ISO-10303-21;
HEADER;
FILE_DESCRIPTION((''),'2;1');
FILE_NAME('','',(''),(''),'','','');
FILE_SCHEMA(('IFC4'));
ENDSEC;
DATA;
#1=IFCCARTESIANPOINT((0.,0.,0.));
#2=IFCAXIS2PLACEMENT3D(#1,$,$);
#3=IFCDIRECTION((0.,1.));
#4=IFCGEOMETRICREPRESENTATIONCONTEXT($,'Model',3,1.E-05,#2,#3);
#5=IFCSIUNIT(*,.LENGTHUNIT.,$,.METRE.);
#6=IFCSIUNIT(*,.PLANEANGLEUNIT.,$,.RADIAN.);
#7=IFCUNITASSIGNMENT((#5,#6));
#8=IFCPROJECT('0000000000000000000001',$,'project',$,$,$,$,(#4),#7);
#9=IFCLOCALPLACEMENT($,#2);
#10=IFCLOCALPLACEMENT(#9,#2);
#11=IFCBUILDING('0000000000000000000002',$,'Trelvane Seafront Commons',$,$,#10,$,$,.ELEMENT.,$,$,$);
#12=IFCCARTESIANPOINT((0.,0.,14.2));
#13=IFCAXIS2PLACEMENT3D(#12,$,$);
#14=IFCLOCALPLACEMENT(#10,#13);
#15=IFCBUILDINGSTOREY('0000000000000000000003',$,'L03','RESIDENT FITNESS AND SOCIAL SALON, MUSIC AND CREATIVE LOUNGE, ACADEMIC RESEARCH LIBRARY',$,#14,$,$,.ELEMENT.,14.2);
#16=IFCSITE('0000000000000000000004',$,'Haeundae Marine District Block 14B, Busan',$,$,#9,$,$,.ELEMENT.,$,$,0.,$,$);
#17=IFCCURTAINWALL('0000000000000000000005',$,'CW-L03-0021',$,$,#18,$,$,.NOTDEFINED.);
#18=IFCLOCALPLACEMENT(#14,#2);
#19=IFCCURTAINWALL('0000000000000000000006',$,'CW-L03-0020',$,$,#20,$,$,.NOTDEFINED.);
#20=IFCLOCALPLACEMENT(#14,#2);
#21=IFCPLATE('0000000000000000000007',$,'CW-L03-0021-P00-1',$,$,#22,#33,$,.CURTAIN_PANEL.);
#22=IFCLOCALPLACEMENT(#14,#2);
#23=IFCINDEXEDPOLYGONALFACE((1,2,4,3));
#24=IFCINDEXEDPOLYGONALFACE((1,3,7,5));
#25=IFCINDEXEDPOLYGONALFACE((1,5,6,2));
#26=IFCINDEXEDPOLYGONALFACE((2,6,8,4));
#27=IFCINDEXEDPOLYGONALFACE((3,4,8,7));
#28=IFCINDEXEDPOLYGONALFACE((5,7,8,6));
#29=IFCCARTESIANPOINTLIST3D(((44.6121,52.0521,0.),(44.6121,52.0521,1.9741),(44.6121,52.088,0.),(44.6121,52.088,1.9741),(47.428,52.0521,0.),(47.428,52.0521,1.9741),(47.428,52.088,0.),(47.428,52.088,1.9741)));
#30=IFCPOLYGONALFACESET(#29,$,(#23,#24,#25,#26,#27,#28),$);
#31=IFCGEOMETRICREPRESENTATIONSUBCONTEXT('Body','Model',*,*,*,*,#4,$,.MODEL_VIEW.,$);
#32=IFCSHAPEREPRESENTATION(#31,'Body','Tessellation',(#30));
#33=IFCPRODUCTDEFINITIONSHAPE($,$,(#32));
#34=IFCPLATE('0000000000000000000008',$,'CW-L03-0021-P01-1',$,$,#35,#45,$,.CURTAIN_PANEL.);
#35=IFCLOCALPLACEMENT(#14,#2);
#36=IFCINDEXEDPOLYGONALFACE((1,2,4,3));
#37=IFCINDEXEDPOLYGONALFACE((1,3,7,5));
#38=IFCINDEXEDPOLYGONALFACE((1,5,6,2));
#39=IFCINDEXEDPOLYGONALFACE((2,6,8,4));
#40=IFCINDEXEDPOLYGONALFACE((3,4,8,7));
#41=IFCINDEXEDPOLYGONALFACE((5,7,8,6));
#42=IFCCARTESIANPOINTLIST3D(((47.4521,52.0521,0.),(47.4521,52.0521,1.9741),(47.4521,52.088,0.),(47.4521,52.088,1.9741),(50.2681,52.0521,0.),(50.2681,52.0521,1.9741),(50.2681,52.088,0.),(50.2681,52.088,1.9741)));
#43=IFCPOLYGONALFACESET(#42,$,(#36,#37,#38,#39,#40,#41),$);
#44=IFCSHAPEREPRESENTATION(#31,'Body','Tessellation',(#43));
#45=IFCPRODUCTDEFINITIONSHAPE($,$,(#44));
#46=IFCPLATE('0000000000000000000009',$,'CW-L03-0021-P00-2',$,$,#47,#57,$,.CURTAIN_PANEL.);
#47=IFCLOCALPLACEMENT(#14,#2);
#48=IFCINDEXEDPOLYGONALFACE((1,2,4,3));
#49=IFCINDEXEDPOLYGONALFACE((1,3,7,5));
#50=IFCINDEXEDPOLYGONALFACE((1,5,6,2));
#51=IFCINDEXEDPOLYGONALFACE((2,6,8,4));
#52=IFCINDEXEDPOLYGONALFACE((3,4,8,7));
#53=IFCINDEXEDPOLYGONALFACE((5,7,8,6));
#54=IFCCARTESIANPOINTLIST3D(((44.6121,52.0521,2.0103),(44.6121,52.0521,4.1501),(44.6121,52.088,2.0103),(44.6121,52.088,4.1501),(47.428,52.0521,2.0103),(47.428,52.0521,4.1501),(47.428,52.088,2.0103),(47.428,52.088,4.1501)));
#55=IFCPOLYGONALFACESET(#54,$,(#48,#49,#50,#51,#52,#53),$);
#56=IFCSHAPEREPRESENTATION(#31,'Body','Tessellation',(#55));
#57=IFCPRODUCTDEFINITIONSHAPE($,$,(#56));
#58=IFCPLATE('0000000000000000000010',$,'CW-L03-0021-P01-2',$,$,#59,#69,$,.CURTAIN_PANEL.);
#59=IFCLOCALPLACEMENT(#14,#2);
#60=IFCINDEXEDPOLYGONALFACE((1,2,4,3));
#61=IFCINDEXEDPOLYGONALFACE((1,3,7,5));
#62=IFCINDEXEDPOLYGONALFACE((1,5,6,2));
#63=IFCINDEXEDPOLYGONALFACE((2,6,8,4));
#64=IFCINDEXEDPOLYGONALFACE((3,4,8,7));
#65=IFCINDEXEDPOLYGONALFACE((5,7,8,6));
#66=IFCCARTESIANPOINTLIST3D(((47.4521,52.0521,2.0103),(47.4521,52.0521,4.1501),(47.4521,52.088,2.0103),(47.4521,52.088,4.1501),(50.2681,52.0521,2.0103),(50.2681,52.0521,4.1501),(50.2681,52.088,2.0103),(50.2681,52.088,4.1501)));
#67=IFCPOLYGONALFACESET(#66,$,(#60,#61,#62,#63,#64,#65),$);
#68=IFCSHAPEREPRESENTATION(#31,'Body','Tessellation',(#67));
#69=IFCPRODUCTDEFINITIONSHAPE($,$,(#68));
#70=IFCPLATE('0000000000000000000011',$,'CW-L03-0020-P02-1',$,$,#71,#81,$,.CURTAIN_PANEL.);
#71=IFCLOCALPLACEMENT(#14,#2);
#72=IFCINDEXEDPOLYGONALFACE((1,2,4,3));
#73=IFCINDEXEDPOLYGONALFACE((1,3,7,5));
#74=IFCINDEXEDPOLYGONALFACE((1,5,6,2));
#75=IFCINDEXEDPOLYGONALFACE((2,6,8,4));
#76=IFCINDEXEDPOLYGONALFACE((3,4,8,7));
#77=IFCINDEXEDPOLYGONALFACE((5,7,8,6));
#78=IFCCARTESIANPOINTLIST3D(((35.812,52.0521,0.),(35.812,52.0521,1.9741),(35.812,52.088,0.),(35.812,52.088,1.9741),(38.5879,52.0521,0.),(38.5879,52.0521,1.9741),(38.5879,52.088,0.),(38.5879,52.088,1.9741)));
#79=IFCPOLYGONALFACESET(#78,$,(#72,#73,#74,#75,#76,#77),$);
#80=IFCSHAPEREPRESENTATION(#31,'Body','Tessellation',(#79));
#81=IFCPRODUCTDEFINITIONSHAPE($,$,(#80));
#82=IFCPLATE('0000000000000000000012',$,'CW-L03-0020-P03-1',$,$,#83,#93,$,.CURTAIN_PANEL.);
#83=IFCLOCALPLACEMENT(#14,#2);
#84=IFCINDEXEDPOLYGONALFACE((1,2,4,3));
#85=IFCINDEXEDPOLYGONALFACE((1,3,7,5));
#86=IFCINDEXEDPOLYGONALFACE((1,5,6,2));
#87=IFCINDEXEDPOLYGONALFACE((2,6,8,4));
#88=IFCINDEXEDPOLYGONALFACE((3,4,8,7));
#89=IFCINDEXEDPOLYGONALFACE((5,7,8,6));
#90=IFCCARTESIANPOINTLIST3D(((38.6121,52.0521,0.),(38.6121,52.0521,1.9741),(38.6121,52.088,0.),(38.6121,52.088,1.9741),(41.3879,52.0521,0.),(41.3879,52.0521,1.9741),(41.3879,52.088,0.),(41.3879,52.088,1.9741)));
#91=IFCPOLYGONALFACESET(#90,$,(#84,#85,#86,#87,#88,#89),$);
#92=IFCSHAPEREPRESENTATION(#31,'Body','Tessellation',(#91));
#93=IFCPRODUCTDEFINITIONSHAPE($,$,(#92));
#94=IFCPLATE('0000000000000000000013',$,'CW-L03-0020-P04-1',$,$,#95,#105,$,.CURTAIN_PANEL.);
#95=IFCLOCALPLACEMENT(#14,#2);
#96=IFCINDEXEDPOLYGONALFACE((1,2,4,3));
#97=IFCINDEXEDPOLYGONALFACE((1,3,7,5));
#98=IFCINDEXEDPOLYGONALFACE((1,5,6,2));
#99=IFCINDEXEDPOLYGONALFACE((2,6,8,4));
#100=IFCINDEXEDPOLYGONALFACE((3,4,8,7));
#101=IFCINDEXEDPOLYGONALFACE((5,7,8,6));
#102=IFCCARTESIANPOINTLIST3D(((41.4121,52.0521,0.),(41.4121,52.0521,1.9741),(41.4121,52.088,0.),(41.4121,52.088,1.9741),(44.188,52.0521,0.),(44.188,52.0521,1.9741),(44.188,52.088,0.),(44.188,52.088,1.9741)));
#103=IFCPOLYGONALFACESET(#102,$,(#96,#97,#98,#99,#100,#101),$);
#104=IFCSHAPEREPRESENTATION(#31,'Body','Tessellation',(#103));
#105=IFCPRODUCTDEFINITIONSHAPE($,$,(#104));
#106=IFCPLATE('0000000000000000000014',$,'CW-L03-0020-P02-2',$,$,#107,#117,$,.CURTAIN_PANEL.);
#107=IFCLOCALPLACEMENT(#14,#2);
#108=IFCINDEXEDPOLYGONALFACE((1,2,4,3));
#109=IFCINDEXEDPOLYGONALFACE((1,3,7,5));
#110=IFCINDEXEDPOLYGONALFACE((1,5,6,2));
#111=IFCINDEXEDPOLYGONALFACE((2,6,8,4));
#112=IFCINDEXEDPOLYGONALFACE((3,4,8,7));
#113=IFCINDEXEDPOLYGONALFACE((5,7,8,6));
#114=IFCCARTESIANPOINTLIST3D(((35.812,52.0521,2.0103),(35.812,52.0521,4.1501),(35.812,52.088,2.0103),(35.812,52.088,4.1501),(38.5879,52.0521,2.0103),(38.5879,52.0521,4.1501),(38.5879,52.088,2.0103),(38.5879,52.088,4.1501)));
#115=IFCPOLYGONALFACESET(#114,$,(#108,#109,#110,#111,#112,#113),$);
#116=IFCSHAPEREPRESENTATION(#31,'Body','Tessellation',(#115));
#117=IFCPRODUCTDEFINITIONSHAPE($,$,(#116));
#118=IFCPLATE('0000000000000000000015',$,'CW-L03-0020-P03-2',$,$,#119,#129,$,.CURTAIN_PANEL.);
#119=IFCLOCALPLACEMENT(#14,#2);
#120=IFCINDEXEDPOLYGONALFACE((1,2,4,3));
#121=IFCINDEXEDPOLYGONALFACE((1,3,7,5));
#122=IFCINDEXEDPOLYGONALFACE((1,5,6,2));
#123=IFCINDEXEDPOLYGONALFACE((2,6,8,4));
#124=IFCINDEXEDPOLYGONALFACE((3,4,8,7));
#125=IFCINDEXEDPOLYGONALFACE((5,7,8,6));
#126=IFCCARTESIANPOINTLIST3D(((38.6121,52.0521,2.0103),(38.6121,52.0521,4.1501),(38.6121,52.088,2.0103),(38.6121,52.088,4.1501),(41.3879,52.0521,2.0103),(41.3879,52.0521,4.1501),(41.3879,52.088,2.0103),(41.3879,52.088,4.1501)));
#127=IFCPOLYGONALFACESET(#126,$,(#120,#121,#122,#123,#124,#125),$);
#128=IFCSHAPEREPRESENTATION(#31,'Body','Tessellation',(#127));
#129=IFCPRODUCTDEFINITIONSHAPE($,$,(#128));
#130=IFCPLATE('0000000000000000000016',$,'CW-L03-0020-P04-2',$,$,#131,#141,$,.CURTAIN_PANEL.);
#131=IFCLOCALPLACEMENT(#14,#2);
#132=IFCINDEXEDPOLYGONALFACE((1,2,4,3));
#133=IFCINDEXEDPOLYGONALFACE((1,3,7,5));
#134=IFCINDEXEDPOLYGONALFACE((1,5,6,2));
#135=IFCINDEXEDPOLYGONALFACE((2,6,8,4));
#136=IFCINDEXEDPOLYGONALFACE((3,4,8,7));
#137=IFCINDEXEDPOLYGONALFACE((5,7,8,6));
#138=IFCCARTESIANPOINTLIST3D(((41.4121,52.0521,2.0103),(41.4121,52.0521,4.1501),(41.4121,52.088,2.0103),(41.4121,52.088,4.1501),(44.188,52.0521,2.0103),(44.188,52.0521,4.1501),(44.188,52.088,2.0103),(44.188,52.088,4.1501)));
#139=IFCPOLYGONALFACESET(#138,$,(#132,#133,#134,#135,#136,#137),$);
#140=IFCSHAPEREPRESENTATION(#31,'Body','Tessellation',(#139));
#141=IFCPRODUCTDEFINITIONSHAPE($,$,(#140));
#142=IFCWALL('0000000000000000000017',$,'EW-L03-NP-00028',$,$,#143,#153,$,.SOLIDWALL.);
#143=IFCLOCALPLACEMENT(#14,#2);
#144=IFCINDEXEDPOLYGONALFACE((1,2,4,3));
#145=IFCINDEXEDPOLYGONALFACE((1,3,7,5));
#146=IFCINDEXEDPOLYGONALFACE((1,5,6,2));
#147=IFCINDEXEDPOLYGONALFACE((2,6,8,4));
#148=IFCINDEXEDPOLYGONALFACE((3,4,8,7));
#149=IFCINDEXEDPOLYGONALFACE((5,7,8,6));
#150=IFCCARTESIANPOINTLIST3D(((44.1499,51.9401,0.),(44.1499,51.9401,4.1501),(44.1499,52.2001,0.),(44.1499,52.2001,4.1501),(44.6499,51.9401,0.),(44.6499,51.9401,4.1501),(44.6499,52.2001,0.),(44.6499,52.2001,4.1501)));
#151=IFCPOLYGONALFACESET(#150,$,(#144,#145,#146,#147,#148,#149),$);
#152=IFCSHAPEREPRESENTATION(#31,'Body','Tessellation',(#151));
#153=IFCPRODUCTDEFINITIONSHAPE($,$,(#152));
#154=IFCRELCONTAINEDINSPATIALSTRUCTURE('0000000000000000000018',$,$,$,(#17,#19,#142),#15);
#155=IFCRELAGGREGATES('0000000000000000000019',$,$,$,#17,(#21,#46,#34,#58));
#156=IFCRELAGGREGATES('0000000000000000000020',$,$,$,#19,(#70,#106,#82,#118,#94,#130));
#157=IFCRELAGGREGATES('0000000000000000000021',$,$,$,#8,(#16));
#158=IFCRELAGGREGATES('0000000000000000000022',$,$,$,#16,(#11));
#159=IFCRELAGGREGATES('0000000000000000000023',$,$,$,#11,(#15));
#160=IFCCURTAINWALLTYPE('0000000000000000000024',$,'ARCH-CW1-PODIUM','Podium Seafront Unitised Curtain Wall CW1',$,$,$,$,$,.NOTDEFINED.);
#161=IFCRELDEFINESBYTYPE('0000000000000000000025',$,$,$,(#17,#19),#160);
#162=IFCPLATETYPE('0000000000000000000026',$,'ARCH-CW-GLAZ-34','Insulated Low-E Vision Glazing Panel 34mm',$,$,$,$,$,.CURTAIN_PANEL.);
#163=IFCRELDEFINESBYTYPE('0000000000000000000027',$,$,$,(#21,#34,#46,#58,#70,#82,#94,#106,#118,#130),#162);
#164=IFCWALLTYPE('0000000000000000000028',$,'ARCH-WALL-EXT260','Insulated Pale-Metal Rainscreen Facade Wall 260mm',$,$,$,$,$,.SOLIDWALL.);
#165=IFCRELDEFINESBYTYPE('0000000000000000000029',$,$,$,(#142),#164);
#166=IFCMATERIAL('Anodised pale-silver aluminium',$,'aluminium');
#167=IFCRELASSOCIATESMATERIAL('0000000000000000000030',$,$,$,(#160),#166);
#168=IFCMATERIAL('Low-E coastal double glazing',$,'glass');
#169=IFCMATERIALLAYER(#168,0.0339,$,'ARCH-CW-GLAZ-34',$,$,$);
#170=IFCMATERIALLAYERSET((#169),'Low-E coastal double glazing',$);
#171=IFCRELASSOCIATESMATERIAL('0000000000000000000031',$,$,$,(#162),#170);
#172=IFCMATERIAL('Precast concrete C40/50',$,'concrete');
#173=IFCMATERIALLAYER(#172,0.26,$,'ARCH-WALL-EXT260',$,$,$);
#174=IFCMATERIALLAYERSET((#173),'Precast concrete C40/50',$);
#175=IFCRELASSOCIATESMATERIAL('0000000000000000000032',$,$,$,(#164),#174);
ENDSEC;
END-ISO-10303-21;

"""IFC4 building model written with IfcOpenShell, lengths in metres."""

from ifc_helpers import new_model, si_unit, direction, frame, frame_2d, origin, origin_2d, place, context, subcontext, project, spatial, rectangle, extrude, source, transform, mapped, material, layer, layer_set, type_object, element, aggregate, save


model = new_model("IFC4")

# Units and contexts
model_context = context("Model", 3, precision=1e-05, world=origin(), true_north=direction((0.0, 1.0)))
body_context = subcontext(model_context, "Body", "Model", "MODEL_VIEW")
ifc_project = project(units=[si_unit("LENGTHUNIT", "METRE"), si_unit("PLANEANGLEUNIT", "RADIAN")], contexts=[model_context])

# Site, building, storey
site_placement = place(None, origin())
site = spatial("IfcSite", under=ifc_project, at=site_placement, Name="Haeundae Marine District Block 14B, Busan", CompositionType="ELEMENT", RefElevation=0.0)
building_placement = place(site_placement, origin())
building = spatial("IfcBuilding", under=site, at=building_placement, Name="Trelvane Seafront Commons", CompositionType="ELEMENT")
storey_placement = place(building_placement, frame((0.0, 0.0, 14.2)))
storey = spatial("IfcBuildingStorey", under=building, at=storey_placement, Name="L03", Description="RESIDENT FITNESS AND SOCIAL SALON, MUSIC AND CREATIVE LOUNGE, ACADEMIC RESEARCH LIBRARY", CompositionType="ELEMENT", Elevation=14.2)

# Curtain walls
ifc_material_1 = material(Name="Anodised pale-silver aluminium", Category="aluminium")
curtain_wall_type = type_object("IfcCurtainWallType", Name="ARCH-CW1-PODIUM", Description="Podium Seafront Unitised Curtain Wall CW1", PredefinedType="NOTDEFINED", material=ifc_material_1)
curtain_wall_1_placement = place(storey_placement, origin())
curtain_wall_1 = element("IfcCurtainWall", 1, at=curtain_wall_1_placement, inside=storey, type_object=curtain_wall_type, Name="CW-L03-0021", PredefinedType="NOTDEFINED")
curtain_wall_2_placement = place(storey_placement, origin())
curtain_wall_2 = element("IfcCurtainWall", 2, at=curtain_wall_2_placement, inside=storey, type_object=curtain_wall_type, Name="CW-L03-0020", PredefinedType="NOTDEFINED")

# Plates
ifc_material_2 = material(Name="Low-E coastal double glazing", Category="glass")
ifc_layer_1 = layer(ifc_material_2, 0.0339, Name="ARCH-CW-GLAZ-34")
ifc_layer_set_1 = layer_set([ifc_layer_1], Name="Low-E coastal double glazing")
plate_type = type_object("IfcPlateType", Name="ARCH-CW-GLAZ-34", Description="Insulated Low-E Vision Glazing Panel 34mm", PredefinedType="CURTAIN_PANEL", material=ifc_layer_set_1)
shared_shape_1 = source(origin(), body_context, "Body", "SweptSolid", [
    extrude(rectangle(XDim=2.8159, YDim=0.0359, at=origin_2d()), origin(), (0.0, 0.0, 1.0), 1.9741),
])
plate_1_placement = place(storey_placement, frame((46.02, 52.0701, 0.0), z_axis=(0.0, 0.0, 1.0), x_axis=(1.0, 0.0, 0.0)))
plate_1 = element("IfcPlate", 3, at=plate_1_placement, type_object=plate_type, Name="CW-L03-0021-P00-1", PredefinedType="CURTAIN_PANEL", context=body_context, shape_type="MappedRepresentation", body=[
    mapped(shared_shape_1, transform((0.0, 0.0, 0.0), x_axis=(1.0, 0.0, 0.0), y_axis=(0.0, 1.0, 0.0), z_axis=(0.0, 0.0, 1.0), scale=1.0)),
])
plate_2_placement = place(storey_placement, frame((48.8601, 52.0701, 0.0), z_axis=(0.0, 0.0, 1.0), x_axis=(1.0, 0.0, 0.0)))
plate_2 = element("IfcPlate", 4, at=plate_2_placement, type_object=plate_type, Name="CW-L03-0021-P01-1", PredefinedType="CURTAIN_PANEL", context=body_context, shape_type="MappedRepresentation", body=[
    mapped(shared_shape_1, transform((0.0, 0.0, 0.0), x_axis=(1.0, 0.0, 0.0), y_axis=(0.0, 1.0, 0.0), z_axis=(0.0, 0.0, 1.0), scale=1.0)),
])
shared_shape_2 = source(origin(), body_context, "Body", "SweptSolid", [
    extrude(rectangle(XDim=2.8159, YDim=0.0359, at=origin_2d()), origin(), (0.0, 0.0, 1.0), 2.1399),
])
plate_3_placement = place(storey_placement, frame((46.02, 52.0701, 2.0103), z_axis=(0.0, 0.0, 1.0), x_axis=(1.0, 0.0, 0.0)))
plate_3 = element("IfcPlate", 5, at=plate_3_placement, type_object=plate_type, Name="CW-L03-0021-P00-2", PredefinedType="CURTAIN_PANEL", context=body_context, shape_type="MappedRepresentation", body=[
    mapped(shared_shape_2, transform((0.0, 0.0, 0.0), x_axis=(1.0, 0.0, 0.0), y_axis=(0.0, 1.0, 0.0), z_axis=(0.0, 0.0, 1.0), scale=1.0)),
])
plate_4_placement = place(storey_placement, frame((48.8601, 52.0701, 2.0103), z_axis=(0.0, 0.0, 1.0), x_axis=(1.0, 0.0, 0.0)))
plate_4 = element("IfcPlate", 6, at=plate_4_placement, type_object=plate_type, Name="CW-L03-0021-P01-2", PredefinedType="CURTAIN_PANEL", context=body_context, shape_type="MappedRepresentation", body=[
    mapped(shared_shape_2, transform((0.0, 0.0, 0.0), x_axis=(1.0, 0.0, 0.0), y_axis=(0.0, 1.0, 0.0), z_axis=(0.0, 0.0, 1.0), scale=1.0)),
])
aggregate(curtain_wall_1, [plate_1, plate_3, plate_2, plate_4])
shared_shape_3 = source(origin(), body_context, "Body", "SweptSolid", [
    extrude(rectangle(XDim=2.7759, YDim=0.0359, at=origin_2d()), origin(), (0.0, 0.0, 1.0), 1.9741),
])
plate_5_placement = place(storey_placement, frame((37.2, 52.0701, 0.0), z_axis=(0.0, 0.0, 1.0), x_axis=(1.0, 0.0, 0.0)))
plate_5 = element("IfcPlate", 7, at=plate_5_placement, type_object=plate_type, Name="CW-L03-0020-P02-1", PredefinedType="CURTAIN_PANEL", context=body_context, shape_type="MappedRepresentation", body=[
    mapped(shared_shape_3, transform((0.0, 0.0, 0.0), x_axis=(1.0, 0.0, 0.0), y_axis=(0.0, 1.0, 0.0), z_axis=(0.0, 0.0, 1.0), scale=1.0)),
])
plate_6_placement = place(storey_placement, frame((40.0, 52.0701, 0.0), z_axis=(0.0, 0.0, 1.0), x_axis=(1.0, 0.0, 0.0)))
plate_6 = element("IfcPlate", 8, at=plate_6_placement, type_object=plate_type, Name="CW-L03-0020-P03-1", PredefinedType="CURTAIN_PANEL", context=body_context, shape_type="MappedRepresentation", body=[
    mapped(shared_shape_3, transform((0.0, 0.0, 0.0), x_axis=(1.0, 0.0, 0.0), y_axis=(0.0, 1.0, 0.0), z_axis=(0.0, 0.0, 1.0), scale=1.0)),
])
plate_7_placement = place(storey_placement, frame((42.8, 52.0701, 0.0), z_axis=(0.0, 0.0, 1.0), x_axis=(1.0, 0.0, 0.0)))
plate_7 = element("IfcPlate", 9, at=plate_7_placement, type_object=plate_type, Name="CW-L03-0020-P04-1", PredefinedType="CURTAIN_PANEL", context=body_context, shape_type="MappedRepresentation", body=[
    mapped(shared_shape_3, transform((0.0, 0.0, 0.0), x_axis=(1.0, 0.0, 0.0), y_axis=(0.0, 1.0, 0.0), z_axis=(0.0, 0.0, 1.0), scale=1.0)),
])
shared_shape_4 = source(origin(), body_context, "Body", "SweptSolid", [
    extrude(rectangle(XDim=2.7759, YDim=0.0359, at=origin_2d()), origin(), (0.0, 0.0, 1.0), 2.1399),
])
plate_8_placement = place(storey_placement, frame((37.2, 52.0701, 2.0103), z_axis=(0.0, 0.0, 1.0), x_axis=(1.0, 0.0, 0.0)))
plate_8 = element("IfcPlate", 10, at=plate_8_placement, type_object=plate_type, Name="CW-L03-0020-P02-2", PredefinedType="CURTAIN_PANEL", context=body_context, shape_type="MappedRepresentation", body=[
    mapped(shared_shape_4, transform((0.0, 0.0, 0.0), x_axis=(1.0, 0.0, 0.0), y_axis=(0.0, 1.0, 0.0), z_axis=(0.0, 0.0, 1.0), scale=1.0)),
])
plate_9_placement = place(storey_placement, frame((40.0, 52.0701, 2.0103), z_axis=(0.0, 0.0, 1.0), x_axis=(1.0, 0.0, 0.0)))
plate_9 = element("IfcPlate", 11, at=plate_9_placement, type_object=plate_type, Name="CW-L03-0020-P03-2", PredefinedType="CURTAIN_PANEL", context=body_context, shape_type="MappedRepresentation", body=[
    mapped(shared_shape_4, transform((0.0, 0.0, 0.0), x_axis=(1.0, 0.0, 0.0), y_axis=(0.0, 1.0, 0.0), z_axis=(0.0, 0.0, 1.0), scale=1.0)),
])
plate_10_placement = place(storey_placement, frame((42.8, 52.0701, 2.0103), z_axis=(0.0, 0.0, 1.0), x_axis=(1.0, 0.0, 0.0)))
plate_10 = element("IfcPlate", 12, at=plate_10_placement, type_object=plate_type, Name="CW-L03-0020-P04-2", PredefinedType="CURTAIN_PANEL", context=body_context, shape_type="MappedRepresentation", body=[
    mapped(shared_shape_4, transform((0.0, 0.0, 0.0), x_axis=(1.0, 0.0, 0.0), y_axis=(0.0, 1.0, 0.0), z_axis=(0.0, 0.0, 1.0), scale=1.0)),
])
aggregate(curtain_wall_2, [plate_5, plate_8, plate_6, plate_9, plate_7, plate_10])

# Wall
ifc_material_3 = material(Name="Precast concrete C40/50", Category="concrete")
ifc_layer_2 = layer(ifc_material_3, 0.26, Name="ARCH-WALL-EXT260")
ifc_layer_set_2 = layer_set([ifc_layer_2], Name="Precast concrete C40/50")
wall_type = type_object("IfcWallType", Name="ARCH-WALL-EXT260", Description="Insulated Pale-Metal Rainscreen Facade Wall 260mm", PredefinedType="SOLIDWALL", material=ifc_layer_set_2)
wall_placement = place(storey_placement, frame((44.1499, 52.0701, 0.0), z_axis=(0.0, 0.0, 1.0), x_axis=(1.0, 0.0, 0.0)))
element("IfcWall", 13, at=wall_placement, inside=storey, type_object=wall_type, Name="EW-L03-NP-00028", PredefinedType="SOLIDWALL", context=body_context, shape_type="SweptSolid", body=[
    extrude(rectangle(XDim=0.5, YDim=0.26, at=frame_2d((0.25, 0.0))), origin(), (0.0, 0.0, 1.0), 4.1501),
])

save(model, "model.ifc")
